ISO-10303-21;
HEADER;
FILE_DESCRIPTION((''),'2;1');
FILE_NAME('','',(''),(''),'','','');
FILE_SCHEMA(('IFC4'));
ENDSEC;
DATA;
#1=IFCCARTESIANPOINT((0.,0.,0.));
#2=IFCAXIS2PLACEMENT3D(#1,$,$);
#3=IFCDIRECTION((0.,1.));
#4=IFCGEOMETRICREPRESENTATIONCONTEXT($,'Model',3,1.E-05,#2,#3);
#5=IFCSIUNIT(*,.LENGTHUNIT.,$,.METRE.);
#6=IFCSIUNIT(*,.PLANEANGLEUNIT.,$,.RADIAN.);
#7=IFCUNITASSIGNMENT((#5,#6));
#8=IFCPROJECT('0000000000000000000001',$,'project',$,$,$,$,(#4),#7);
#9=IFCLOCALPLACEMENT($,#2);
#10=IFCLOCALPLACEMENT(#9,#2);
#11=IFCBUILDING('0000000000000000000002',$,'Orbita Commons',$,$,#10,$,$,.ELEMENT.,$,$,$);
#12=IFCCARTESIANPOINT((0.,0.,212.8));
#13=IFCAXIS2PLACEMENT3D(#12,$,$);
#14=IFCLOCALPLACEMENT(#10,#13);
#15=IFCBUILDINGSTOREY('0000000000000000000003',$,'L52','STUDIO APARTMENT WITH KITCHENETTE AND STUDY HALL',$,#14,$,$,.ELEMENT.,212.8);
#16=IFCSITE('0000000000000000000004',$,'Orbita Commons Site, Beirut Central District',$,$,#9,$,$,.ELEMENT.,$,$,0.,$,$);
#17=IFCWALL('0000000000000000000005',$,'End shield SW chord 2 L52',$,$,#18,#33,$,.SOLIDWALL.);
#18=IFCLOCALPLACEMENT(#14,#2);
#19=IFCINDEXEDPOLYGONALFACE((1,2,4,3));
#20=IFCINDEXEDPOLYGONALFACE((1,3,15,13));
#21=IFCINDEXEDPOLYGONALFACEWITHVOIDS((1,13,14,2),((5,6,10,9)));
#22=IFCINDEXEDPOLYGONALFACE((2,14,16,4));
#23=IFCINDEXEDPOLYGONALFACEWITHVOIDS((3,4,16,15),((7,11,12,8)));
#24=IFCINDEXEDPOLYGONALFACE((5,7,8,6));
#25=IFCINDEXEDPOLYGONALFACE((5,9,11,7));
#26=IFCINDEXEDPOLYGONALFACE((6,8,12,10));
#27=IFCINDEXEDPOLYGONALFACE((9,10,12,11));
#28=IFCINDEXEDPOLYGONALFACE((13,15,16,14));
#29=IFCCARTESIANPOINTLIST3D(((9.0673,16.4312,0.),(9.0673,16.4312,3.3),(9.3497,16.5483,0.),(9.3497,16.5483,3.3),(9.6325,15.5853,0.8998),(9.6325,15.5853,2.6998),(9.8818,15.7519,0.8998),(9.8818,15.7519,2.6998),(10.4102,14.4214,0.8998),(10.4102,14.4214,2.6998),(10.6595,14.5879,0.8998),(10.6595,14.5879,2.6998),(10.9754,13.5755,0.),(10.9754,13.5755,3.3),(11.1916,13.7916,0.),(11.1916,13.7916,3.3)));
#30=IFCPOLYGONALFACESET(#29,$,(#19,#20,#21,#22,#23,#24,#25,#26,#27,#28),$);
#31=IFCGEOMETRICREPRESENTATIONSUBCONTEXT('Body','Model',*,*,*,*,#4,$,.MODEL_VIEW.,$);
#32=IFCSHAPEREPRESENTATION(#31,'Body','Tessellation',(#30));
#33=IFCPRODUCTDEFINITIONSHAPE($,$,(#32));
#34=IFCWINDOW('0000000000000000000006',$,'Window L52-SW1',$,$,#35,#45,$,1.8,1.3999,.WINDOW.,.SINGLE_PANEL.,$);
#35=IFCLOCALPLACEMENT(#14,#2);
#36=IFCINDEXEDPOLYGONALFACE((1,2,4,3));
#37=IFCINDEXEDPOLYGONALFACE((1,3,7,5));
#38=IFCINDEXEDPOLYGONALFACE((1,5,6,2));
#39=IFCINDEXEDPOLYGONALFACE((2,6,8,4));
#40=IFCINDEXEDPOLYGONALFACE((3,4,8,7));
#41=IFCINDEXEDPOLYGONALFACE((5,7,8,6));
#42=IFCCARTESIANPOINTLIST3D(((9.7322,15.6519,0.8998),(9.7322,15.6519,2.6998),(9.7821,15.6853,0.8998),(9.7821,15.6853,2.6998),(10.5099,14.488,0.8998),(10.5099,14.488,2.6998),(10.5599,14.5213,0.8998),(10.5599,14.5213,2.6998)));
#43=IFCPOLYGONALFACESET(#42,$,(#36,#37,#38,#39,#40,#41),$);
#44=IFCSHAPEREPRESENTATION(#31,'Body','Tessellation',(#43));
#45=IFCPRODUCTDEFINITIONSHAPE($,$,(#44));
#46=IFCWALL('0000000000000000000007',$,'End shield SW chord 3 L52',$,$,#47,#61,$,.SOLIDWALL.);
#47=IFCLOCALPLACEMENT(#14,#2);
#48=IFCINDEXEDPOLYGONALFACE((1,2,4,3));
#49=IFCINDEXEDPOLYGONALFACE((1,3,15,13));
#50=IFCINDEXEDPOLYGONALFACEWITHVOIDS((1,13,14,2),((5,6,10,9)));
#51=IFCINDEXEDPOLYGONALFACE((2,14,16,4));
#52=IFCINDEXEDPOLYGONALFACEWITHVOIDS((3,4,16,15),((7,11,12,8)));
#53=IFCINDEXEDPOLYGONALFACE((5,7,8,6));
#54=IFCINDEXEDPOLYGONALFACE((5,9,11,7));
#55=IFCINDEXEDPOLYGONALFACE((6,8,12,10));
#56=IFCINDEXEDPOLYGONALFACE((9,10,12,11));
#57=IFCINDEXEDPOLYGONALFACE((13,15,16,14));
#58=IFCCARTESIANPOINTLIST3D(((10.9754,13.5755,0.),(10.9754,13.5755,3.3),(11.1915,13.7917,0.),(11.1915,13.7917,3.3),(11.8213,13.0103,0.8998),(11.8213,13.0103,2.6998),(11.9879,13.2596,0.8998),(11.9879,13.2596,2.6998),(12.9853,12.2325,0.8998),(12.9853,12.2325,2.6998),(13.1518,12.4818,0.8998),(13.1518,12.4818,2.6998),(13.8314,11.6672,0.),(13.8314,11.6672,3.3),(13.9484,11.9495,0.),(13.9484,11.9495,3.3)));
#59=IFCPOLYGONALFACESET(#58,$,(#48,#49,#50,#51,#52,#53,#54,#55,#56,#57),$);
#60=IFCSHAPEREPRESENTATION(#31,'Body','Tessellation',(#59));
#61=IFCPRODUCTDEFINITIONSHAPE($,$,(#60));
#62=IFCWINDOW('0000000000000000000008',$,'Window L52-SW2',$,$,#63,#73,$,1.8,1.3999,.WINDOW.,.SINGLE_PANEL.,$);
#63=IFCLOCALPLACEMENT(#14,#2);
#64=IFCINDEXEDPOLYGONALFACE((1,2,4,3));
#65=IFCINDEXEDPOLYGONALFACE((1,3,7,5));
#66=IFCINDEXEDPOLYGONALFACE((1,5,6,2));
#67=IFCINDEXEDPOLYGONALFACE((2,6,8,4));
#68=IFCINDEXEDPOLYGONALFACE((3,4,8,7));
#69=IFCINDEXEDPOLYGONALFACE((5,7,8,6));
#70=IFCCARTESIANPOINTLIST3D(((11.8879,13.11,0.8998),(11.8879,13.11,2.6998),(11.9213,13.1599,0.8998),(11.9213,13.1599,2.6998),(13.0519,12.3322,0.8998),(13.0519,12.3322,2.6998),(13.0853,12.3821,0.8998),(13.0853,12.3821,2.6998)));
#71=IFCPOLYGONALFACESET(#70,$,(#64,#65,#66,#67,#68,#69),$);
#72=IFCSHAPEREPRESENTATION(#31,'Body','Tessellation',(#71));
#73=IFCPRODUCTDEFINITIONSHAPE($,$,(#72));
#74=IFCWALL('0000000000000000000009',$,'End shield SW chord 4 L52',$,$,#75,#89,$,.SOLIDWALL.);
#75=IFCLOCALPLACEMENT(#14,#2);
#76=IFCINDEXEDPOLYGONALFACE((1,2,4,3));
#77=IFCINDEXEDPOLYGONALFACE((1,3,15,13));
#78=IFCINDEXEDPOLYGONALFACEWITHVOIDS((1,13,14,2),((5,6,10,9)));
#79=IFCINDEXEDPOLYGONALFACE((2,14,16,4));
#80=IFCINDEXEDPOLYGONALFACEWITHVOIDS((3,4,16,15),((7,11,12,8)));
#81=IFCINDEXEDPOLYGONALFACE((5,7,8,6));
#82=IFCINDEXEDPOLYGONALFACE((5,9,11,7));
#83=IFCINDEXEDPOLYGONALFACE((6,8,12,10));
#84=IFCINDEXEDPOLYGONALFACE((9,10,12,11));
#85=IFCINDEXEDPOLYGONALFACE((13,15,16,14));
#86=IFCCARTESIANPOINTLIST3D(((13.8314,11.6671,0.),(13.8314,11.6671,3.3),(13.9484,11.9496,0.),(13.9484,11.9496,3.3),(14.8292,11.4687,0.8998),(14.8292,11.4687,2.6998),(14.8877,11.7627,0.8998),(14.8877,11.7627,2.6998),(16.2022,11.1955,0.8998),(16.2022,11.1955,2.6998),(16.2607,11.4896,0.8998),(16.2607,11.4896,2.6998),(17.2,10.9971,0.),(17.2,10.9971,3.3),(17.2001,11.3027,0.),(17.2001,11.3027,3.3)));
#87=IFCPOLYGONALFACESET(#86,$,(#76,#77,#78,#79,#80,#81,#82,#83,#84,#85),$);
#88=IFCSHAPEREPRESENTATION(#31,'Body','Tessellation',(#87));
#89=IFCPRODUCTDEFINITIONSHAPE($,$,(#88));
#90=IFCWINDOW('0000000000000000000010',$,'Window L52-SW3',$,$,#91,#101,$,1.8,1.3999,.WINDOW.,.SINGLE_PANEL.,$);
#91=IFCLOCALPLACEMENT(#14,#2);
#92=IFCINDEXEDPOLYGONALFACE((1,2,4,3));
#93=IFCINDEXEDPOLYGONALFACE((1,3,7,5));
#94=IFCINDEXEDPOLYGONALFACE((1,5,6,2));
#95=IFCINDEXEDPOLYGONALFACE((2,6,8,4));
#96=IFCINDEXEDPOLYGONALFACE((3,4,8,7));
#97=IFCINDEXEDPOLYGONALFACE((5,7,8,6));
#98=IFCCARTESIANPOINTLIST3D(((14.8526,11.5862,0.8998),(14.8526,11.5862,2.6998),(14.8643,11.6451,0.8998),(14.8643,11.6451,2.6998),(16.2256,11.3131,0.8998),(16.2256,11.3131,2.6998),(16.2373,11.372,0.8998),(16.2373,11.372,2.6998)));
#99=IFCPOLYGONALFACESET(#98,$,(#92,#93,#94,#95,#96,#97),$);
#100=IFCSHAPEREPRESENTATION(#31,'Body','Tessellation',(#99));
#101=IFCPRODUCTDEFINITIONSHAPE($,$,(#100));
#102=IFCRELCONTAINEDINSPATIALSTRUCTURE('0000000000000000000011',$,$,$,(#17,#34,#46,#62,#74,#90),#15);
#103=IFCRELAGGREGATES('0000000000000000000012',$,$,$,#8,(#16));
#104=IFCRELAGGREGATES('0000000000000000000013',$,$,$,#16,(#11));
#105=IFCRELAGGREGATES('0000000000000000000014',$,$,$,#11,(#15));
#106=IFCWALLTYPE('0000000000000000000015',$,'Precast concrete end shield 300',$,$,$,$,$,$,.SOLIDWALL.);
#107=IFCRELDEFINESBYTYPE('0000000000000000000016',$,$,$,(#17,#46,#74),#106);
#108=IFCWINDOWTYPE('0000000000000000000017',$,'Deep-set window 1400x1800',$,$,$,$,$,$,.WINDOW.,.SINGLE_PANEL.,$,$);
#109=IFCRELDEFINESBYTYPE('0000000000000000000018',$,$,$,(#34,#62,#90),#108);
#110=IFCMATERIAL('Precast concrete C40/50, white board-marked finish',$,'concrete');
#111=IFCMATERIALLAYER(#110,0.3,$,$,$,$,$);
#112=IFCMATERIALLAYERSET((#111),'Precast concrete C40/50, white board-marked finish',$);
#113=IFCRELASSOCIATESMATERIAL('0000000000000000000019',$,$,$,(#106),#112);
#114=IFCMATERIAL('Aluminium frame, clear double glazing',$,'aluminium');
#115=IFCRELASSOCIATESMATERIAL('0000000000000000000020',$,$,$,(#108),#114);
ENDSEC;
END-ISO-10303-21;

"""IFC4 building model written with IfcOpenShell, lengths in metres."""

from ifc_helpers import new_model, si_unit, direction, frame, frame_2d, origin, place, context, subcontext, project, spatial, polyline, rectangle, outline, extrude, material, layer, layer_set, type_object, element, fill, save


model = new_model("IFC4")

# Units and contexts
model_context = context("Model", 3, precision=1e-05, world=origin(), true_north=direction((0.0, 1.0)))
body_context = subcontext(model_context, "Body", "Model", "MODEL_VIEW")
ifc_project = project(units=[si_unit("LENGTHUNIT", "METRE"), si_unit("PLANEANGLEUNIT", "RADIAN")], contexts=[model_context])

# Site, building, storey
site_placement = place(None, origin())
site = spatial("IfcSite", under=ifc_project, at=site_placement, Name="Orbita Commons Site, Beirut Central District", CompositionType="ELEMENT", RefElevation=0.0)
building_placement = place(site_placement, origin())
building = spatial("IfcBuilding", under=site, at=building_placement, Name="Orbita Commons", CompositionType="ELEMENT")
storey_placement = place(building_placement, frame((0.0, 0.0, 212.8)))
storey = spatial("IfcBuildingStorey", under=building, at=storey_placement, Name="L52", Description="STUDIO APARTMENT WITH KITCHENETTE AND STUDY HALL", CompositionType="ELEMENT", Elevation=212.8)

# Walls, openings, windows
ifc_material_1 = material(Name="Precast concrete C40/50, white board-marked finish", Category="concrete")
ifc_layer_1 = layer(ifc_material_1, 0.3)
ifc_layer_set_1 = layer_set([ifc_layer_1], Name="Precast concrete C40/50, white board-marked finish")
wall_type_1 = type_object("IfcWallType", Name="Precast concrete end shield 300", PredefinedType="SOLIDWALL", material=ifc_layer_set_1)
wall_1_placement = place(storey_placement, frame((9.2085, 16.4897, 0.0), z_axis=(0.0, 0.0, 1.0), x_axis=(0.555568, -0.831471, 0.0)))
wall_1 = element("IfcWall", 1, at=wall_1_placement, inside=storey, type_object=wall_type_1, Name="End shield SW chord 2 L52", PredefinedType="SOLIDWALL", context=body_context, shape_type="SweptSolid", body=[
    extrude(outline(polyline([(-0.0298, -0.1499), (3.4048, -0.1499), (3.3452, 0.1499), (0.0298, 0.1499), (-0.0298, -0.1499)])), origin(), (0.0, 0.0, 1.0), 3.3),
])
opening_1_placement = place(wall_1_placement, frame((0.9875, 0.0, 0.8999)))
opening_1 = element("IfcOpeningElement", 2, at=opening_1_placement, cuts=wall_1, PredefinedType="OPENING", context=body_context, shape_type="SweptSolid", body=[
    extrude(rectangle(XDim=1.3999, YDim=1.8, at=frame_2d((0.7, 0.8999))), frame((0.0, 0.1599, 0.0), z_axis=(0.0, -1.0, 0.0), x_axis=(1.0, 0.0, 0.0)), (0.0, 0.0, 1.0), 0.3201),
])
ifc_material_2 = material(Name="Aluminium frame, clear double glazing", Category="aluminium")
window_type = type_object("IfcWindowType", Name="Deep-set window 1400x1800", PartitioningType="SINGLE_PANEL", PredefinedType="WINDOW", material=ifc_material_2)
window_1_placement = place(opening_1_placement, origin())
window_1 = element("IfcWindow", 3, at=window_1_placement, inside=storey, type_object=window_type, Name="Window L52-SW1", OverallHeight=1.8, OverallWidth=1.3999, PartitioningType="SINGLE_PANEL", PredefinedType="WINDOW", context=body_context, shape_type="SweptSolid", body=[
    extrude(rectangle(XDim=1.3999, YDim=1.8, at=frame_2d((0.7, 0.8999))), frame((0.0, 0.03, 0.0), z_axis=(0.0, -1.0, 0.0), x_axis=(1.0, 0.0, 0.0)), (0.0, 0.0, 1.0), 0.0601),
])
fill(opening_1, window_1)
wall_2_placement = place(storey_placement, frame((11.0835, 13.6836, 0.0), z_axis=(0.0, 0.0, 1.0), x_axis=(0.83146, -0.555585, 0.0)))
wall_2 = element("IfcWall", 4, at=wall_2_placement, inside=storey, type_object=wall_type_1, Name="End shield SW chord 3 L52", PredefinedType="SOLIDWALL", context=body_context, shape_type="SweptSolid", body=[
    extrude(outline(polyline([(-0.0298, -0.1499), (3.405, -0.1499), (3.3455, 0.1499), (0.0298, 0.1499), (-0.0298, -0.1499)])), origin(), (0.0, 0.0, 1.0), 3.3),
])
opening_2_placement = place(wall_2_placement, frame((0.9875, 0.0, 0.8999)))
opening_2 = element("IfcOpeningElement", 5, at=opening_2_placement, cuts=wall_2, PredefinedType="OPENING", context=body_context, shape_type="SweptSolid", body=[
    extrude(rectangle(XDim=1.3999, YDim=1.8, at=frame_2d((0.7, 0.8999))), frame((0.0, 0.1599, 0.0), z_axis=(0.0, -1.0, 0.0), x_axis=(1.0, 0.0, 0.0)), (0.0, 0.0, 1.0), 0.3201),
])
window_2_placement = place(opening_2_placement, origin())
window_2 = element("IfcWindow", 6, at=window_2_placement, inside=storey, type_object=window_type, Name="Window L52-SW2", OverallHeight=1.8, OverallWidth=1.3999, PartitioningType="SINGLE_PANEL", PredefinedType="WINDOW", context=body_context, shape_type="SweptSolid", body=[
    extrude(rectangle(XDim=1.3999, YDim=1.8, at=frame_2d((0.7, 0.8999))), frame((0.0, 0.03, 0.0), z_axis=(0.0, -1.0, 0.0), x_axis=(1.0, 0.0, 0.0)), (0.0, 0.0, 1.0), 0.0601),
])
fill(opening_2, window_2)
wall_3_placement = place(storey_placement, frame((13.8899, 11.8083, 0.0), z_axis=(0.0, 0.0, 1.0), x_axis=(0.980783, -0.1951, 0.0)))
wall_3 = element("IfcWall", 7, at=wall_3_placement, inside=storey, type_object=wall_type_1, Name="End shield SW chord 4 L52", PredefinedType="SOLIDWALL", context=body_context, shape_type="SweptSolid", body=[
    extrude(outline(polyline([(-0.0298, -0.1499), (3.4048, -0.1499), (3.3452, 0.1499), (0.0298, 0.1499), (-0.0298, -0.1499)])), origin(), (0.0, 0.0, 1.0), 3.3),
])
opening_3_placement = place(wall_3_placement, frame((0.9875, 0.0, 0.8999)))
opening_3 = element("IfcOpeningElement", 8, at=opening_3_placement, cuts=wall_3, PredefinedType="OPENING", context=body_context, shape_type="SweptSolid", body=[
    extrude(rectangle(XDim=1.3999, YDim=1.8, at=frame_2d((0.7, 0.8999))), frame((0.0, 0.1599, 0.0), z_axis=(0.0, -1.0, 0.0), x_axis=(1.0, 0.0, 0.0)), (0.0, 0.0, 1.0), 0.3201),
])
window_3_placement = place(opening_3_placement, origin())
window_3 = element("IfcWindow", 9, at=window_3_placement, inside=storey, type_object=window_type, Name="Window L52-SW3", OverallHeight=1.8, OverallWidth=1.3999, PartitioningType="SINGLE_PANEL", PredefinedType="WINDOW", context=body_context, shape_type="SweptSolid", body=[
    extrude(rectangle(XDim=1.3999, YDim=1.8, at=frame_2d((0.7, 0.8999))), frame((0.0, 0.03, 0.0), z_axis=(0.0, -1.0, 0.0), x_axis=(1.0, 0.0, 0.0)), (0.0, 0.0, 1.0), 0.0601),
])
fill(opening_3, window_3)

save(model, "model.ifc")
